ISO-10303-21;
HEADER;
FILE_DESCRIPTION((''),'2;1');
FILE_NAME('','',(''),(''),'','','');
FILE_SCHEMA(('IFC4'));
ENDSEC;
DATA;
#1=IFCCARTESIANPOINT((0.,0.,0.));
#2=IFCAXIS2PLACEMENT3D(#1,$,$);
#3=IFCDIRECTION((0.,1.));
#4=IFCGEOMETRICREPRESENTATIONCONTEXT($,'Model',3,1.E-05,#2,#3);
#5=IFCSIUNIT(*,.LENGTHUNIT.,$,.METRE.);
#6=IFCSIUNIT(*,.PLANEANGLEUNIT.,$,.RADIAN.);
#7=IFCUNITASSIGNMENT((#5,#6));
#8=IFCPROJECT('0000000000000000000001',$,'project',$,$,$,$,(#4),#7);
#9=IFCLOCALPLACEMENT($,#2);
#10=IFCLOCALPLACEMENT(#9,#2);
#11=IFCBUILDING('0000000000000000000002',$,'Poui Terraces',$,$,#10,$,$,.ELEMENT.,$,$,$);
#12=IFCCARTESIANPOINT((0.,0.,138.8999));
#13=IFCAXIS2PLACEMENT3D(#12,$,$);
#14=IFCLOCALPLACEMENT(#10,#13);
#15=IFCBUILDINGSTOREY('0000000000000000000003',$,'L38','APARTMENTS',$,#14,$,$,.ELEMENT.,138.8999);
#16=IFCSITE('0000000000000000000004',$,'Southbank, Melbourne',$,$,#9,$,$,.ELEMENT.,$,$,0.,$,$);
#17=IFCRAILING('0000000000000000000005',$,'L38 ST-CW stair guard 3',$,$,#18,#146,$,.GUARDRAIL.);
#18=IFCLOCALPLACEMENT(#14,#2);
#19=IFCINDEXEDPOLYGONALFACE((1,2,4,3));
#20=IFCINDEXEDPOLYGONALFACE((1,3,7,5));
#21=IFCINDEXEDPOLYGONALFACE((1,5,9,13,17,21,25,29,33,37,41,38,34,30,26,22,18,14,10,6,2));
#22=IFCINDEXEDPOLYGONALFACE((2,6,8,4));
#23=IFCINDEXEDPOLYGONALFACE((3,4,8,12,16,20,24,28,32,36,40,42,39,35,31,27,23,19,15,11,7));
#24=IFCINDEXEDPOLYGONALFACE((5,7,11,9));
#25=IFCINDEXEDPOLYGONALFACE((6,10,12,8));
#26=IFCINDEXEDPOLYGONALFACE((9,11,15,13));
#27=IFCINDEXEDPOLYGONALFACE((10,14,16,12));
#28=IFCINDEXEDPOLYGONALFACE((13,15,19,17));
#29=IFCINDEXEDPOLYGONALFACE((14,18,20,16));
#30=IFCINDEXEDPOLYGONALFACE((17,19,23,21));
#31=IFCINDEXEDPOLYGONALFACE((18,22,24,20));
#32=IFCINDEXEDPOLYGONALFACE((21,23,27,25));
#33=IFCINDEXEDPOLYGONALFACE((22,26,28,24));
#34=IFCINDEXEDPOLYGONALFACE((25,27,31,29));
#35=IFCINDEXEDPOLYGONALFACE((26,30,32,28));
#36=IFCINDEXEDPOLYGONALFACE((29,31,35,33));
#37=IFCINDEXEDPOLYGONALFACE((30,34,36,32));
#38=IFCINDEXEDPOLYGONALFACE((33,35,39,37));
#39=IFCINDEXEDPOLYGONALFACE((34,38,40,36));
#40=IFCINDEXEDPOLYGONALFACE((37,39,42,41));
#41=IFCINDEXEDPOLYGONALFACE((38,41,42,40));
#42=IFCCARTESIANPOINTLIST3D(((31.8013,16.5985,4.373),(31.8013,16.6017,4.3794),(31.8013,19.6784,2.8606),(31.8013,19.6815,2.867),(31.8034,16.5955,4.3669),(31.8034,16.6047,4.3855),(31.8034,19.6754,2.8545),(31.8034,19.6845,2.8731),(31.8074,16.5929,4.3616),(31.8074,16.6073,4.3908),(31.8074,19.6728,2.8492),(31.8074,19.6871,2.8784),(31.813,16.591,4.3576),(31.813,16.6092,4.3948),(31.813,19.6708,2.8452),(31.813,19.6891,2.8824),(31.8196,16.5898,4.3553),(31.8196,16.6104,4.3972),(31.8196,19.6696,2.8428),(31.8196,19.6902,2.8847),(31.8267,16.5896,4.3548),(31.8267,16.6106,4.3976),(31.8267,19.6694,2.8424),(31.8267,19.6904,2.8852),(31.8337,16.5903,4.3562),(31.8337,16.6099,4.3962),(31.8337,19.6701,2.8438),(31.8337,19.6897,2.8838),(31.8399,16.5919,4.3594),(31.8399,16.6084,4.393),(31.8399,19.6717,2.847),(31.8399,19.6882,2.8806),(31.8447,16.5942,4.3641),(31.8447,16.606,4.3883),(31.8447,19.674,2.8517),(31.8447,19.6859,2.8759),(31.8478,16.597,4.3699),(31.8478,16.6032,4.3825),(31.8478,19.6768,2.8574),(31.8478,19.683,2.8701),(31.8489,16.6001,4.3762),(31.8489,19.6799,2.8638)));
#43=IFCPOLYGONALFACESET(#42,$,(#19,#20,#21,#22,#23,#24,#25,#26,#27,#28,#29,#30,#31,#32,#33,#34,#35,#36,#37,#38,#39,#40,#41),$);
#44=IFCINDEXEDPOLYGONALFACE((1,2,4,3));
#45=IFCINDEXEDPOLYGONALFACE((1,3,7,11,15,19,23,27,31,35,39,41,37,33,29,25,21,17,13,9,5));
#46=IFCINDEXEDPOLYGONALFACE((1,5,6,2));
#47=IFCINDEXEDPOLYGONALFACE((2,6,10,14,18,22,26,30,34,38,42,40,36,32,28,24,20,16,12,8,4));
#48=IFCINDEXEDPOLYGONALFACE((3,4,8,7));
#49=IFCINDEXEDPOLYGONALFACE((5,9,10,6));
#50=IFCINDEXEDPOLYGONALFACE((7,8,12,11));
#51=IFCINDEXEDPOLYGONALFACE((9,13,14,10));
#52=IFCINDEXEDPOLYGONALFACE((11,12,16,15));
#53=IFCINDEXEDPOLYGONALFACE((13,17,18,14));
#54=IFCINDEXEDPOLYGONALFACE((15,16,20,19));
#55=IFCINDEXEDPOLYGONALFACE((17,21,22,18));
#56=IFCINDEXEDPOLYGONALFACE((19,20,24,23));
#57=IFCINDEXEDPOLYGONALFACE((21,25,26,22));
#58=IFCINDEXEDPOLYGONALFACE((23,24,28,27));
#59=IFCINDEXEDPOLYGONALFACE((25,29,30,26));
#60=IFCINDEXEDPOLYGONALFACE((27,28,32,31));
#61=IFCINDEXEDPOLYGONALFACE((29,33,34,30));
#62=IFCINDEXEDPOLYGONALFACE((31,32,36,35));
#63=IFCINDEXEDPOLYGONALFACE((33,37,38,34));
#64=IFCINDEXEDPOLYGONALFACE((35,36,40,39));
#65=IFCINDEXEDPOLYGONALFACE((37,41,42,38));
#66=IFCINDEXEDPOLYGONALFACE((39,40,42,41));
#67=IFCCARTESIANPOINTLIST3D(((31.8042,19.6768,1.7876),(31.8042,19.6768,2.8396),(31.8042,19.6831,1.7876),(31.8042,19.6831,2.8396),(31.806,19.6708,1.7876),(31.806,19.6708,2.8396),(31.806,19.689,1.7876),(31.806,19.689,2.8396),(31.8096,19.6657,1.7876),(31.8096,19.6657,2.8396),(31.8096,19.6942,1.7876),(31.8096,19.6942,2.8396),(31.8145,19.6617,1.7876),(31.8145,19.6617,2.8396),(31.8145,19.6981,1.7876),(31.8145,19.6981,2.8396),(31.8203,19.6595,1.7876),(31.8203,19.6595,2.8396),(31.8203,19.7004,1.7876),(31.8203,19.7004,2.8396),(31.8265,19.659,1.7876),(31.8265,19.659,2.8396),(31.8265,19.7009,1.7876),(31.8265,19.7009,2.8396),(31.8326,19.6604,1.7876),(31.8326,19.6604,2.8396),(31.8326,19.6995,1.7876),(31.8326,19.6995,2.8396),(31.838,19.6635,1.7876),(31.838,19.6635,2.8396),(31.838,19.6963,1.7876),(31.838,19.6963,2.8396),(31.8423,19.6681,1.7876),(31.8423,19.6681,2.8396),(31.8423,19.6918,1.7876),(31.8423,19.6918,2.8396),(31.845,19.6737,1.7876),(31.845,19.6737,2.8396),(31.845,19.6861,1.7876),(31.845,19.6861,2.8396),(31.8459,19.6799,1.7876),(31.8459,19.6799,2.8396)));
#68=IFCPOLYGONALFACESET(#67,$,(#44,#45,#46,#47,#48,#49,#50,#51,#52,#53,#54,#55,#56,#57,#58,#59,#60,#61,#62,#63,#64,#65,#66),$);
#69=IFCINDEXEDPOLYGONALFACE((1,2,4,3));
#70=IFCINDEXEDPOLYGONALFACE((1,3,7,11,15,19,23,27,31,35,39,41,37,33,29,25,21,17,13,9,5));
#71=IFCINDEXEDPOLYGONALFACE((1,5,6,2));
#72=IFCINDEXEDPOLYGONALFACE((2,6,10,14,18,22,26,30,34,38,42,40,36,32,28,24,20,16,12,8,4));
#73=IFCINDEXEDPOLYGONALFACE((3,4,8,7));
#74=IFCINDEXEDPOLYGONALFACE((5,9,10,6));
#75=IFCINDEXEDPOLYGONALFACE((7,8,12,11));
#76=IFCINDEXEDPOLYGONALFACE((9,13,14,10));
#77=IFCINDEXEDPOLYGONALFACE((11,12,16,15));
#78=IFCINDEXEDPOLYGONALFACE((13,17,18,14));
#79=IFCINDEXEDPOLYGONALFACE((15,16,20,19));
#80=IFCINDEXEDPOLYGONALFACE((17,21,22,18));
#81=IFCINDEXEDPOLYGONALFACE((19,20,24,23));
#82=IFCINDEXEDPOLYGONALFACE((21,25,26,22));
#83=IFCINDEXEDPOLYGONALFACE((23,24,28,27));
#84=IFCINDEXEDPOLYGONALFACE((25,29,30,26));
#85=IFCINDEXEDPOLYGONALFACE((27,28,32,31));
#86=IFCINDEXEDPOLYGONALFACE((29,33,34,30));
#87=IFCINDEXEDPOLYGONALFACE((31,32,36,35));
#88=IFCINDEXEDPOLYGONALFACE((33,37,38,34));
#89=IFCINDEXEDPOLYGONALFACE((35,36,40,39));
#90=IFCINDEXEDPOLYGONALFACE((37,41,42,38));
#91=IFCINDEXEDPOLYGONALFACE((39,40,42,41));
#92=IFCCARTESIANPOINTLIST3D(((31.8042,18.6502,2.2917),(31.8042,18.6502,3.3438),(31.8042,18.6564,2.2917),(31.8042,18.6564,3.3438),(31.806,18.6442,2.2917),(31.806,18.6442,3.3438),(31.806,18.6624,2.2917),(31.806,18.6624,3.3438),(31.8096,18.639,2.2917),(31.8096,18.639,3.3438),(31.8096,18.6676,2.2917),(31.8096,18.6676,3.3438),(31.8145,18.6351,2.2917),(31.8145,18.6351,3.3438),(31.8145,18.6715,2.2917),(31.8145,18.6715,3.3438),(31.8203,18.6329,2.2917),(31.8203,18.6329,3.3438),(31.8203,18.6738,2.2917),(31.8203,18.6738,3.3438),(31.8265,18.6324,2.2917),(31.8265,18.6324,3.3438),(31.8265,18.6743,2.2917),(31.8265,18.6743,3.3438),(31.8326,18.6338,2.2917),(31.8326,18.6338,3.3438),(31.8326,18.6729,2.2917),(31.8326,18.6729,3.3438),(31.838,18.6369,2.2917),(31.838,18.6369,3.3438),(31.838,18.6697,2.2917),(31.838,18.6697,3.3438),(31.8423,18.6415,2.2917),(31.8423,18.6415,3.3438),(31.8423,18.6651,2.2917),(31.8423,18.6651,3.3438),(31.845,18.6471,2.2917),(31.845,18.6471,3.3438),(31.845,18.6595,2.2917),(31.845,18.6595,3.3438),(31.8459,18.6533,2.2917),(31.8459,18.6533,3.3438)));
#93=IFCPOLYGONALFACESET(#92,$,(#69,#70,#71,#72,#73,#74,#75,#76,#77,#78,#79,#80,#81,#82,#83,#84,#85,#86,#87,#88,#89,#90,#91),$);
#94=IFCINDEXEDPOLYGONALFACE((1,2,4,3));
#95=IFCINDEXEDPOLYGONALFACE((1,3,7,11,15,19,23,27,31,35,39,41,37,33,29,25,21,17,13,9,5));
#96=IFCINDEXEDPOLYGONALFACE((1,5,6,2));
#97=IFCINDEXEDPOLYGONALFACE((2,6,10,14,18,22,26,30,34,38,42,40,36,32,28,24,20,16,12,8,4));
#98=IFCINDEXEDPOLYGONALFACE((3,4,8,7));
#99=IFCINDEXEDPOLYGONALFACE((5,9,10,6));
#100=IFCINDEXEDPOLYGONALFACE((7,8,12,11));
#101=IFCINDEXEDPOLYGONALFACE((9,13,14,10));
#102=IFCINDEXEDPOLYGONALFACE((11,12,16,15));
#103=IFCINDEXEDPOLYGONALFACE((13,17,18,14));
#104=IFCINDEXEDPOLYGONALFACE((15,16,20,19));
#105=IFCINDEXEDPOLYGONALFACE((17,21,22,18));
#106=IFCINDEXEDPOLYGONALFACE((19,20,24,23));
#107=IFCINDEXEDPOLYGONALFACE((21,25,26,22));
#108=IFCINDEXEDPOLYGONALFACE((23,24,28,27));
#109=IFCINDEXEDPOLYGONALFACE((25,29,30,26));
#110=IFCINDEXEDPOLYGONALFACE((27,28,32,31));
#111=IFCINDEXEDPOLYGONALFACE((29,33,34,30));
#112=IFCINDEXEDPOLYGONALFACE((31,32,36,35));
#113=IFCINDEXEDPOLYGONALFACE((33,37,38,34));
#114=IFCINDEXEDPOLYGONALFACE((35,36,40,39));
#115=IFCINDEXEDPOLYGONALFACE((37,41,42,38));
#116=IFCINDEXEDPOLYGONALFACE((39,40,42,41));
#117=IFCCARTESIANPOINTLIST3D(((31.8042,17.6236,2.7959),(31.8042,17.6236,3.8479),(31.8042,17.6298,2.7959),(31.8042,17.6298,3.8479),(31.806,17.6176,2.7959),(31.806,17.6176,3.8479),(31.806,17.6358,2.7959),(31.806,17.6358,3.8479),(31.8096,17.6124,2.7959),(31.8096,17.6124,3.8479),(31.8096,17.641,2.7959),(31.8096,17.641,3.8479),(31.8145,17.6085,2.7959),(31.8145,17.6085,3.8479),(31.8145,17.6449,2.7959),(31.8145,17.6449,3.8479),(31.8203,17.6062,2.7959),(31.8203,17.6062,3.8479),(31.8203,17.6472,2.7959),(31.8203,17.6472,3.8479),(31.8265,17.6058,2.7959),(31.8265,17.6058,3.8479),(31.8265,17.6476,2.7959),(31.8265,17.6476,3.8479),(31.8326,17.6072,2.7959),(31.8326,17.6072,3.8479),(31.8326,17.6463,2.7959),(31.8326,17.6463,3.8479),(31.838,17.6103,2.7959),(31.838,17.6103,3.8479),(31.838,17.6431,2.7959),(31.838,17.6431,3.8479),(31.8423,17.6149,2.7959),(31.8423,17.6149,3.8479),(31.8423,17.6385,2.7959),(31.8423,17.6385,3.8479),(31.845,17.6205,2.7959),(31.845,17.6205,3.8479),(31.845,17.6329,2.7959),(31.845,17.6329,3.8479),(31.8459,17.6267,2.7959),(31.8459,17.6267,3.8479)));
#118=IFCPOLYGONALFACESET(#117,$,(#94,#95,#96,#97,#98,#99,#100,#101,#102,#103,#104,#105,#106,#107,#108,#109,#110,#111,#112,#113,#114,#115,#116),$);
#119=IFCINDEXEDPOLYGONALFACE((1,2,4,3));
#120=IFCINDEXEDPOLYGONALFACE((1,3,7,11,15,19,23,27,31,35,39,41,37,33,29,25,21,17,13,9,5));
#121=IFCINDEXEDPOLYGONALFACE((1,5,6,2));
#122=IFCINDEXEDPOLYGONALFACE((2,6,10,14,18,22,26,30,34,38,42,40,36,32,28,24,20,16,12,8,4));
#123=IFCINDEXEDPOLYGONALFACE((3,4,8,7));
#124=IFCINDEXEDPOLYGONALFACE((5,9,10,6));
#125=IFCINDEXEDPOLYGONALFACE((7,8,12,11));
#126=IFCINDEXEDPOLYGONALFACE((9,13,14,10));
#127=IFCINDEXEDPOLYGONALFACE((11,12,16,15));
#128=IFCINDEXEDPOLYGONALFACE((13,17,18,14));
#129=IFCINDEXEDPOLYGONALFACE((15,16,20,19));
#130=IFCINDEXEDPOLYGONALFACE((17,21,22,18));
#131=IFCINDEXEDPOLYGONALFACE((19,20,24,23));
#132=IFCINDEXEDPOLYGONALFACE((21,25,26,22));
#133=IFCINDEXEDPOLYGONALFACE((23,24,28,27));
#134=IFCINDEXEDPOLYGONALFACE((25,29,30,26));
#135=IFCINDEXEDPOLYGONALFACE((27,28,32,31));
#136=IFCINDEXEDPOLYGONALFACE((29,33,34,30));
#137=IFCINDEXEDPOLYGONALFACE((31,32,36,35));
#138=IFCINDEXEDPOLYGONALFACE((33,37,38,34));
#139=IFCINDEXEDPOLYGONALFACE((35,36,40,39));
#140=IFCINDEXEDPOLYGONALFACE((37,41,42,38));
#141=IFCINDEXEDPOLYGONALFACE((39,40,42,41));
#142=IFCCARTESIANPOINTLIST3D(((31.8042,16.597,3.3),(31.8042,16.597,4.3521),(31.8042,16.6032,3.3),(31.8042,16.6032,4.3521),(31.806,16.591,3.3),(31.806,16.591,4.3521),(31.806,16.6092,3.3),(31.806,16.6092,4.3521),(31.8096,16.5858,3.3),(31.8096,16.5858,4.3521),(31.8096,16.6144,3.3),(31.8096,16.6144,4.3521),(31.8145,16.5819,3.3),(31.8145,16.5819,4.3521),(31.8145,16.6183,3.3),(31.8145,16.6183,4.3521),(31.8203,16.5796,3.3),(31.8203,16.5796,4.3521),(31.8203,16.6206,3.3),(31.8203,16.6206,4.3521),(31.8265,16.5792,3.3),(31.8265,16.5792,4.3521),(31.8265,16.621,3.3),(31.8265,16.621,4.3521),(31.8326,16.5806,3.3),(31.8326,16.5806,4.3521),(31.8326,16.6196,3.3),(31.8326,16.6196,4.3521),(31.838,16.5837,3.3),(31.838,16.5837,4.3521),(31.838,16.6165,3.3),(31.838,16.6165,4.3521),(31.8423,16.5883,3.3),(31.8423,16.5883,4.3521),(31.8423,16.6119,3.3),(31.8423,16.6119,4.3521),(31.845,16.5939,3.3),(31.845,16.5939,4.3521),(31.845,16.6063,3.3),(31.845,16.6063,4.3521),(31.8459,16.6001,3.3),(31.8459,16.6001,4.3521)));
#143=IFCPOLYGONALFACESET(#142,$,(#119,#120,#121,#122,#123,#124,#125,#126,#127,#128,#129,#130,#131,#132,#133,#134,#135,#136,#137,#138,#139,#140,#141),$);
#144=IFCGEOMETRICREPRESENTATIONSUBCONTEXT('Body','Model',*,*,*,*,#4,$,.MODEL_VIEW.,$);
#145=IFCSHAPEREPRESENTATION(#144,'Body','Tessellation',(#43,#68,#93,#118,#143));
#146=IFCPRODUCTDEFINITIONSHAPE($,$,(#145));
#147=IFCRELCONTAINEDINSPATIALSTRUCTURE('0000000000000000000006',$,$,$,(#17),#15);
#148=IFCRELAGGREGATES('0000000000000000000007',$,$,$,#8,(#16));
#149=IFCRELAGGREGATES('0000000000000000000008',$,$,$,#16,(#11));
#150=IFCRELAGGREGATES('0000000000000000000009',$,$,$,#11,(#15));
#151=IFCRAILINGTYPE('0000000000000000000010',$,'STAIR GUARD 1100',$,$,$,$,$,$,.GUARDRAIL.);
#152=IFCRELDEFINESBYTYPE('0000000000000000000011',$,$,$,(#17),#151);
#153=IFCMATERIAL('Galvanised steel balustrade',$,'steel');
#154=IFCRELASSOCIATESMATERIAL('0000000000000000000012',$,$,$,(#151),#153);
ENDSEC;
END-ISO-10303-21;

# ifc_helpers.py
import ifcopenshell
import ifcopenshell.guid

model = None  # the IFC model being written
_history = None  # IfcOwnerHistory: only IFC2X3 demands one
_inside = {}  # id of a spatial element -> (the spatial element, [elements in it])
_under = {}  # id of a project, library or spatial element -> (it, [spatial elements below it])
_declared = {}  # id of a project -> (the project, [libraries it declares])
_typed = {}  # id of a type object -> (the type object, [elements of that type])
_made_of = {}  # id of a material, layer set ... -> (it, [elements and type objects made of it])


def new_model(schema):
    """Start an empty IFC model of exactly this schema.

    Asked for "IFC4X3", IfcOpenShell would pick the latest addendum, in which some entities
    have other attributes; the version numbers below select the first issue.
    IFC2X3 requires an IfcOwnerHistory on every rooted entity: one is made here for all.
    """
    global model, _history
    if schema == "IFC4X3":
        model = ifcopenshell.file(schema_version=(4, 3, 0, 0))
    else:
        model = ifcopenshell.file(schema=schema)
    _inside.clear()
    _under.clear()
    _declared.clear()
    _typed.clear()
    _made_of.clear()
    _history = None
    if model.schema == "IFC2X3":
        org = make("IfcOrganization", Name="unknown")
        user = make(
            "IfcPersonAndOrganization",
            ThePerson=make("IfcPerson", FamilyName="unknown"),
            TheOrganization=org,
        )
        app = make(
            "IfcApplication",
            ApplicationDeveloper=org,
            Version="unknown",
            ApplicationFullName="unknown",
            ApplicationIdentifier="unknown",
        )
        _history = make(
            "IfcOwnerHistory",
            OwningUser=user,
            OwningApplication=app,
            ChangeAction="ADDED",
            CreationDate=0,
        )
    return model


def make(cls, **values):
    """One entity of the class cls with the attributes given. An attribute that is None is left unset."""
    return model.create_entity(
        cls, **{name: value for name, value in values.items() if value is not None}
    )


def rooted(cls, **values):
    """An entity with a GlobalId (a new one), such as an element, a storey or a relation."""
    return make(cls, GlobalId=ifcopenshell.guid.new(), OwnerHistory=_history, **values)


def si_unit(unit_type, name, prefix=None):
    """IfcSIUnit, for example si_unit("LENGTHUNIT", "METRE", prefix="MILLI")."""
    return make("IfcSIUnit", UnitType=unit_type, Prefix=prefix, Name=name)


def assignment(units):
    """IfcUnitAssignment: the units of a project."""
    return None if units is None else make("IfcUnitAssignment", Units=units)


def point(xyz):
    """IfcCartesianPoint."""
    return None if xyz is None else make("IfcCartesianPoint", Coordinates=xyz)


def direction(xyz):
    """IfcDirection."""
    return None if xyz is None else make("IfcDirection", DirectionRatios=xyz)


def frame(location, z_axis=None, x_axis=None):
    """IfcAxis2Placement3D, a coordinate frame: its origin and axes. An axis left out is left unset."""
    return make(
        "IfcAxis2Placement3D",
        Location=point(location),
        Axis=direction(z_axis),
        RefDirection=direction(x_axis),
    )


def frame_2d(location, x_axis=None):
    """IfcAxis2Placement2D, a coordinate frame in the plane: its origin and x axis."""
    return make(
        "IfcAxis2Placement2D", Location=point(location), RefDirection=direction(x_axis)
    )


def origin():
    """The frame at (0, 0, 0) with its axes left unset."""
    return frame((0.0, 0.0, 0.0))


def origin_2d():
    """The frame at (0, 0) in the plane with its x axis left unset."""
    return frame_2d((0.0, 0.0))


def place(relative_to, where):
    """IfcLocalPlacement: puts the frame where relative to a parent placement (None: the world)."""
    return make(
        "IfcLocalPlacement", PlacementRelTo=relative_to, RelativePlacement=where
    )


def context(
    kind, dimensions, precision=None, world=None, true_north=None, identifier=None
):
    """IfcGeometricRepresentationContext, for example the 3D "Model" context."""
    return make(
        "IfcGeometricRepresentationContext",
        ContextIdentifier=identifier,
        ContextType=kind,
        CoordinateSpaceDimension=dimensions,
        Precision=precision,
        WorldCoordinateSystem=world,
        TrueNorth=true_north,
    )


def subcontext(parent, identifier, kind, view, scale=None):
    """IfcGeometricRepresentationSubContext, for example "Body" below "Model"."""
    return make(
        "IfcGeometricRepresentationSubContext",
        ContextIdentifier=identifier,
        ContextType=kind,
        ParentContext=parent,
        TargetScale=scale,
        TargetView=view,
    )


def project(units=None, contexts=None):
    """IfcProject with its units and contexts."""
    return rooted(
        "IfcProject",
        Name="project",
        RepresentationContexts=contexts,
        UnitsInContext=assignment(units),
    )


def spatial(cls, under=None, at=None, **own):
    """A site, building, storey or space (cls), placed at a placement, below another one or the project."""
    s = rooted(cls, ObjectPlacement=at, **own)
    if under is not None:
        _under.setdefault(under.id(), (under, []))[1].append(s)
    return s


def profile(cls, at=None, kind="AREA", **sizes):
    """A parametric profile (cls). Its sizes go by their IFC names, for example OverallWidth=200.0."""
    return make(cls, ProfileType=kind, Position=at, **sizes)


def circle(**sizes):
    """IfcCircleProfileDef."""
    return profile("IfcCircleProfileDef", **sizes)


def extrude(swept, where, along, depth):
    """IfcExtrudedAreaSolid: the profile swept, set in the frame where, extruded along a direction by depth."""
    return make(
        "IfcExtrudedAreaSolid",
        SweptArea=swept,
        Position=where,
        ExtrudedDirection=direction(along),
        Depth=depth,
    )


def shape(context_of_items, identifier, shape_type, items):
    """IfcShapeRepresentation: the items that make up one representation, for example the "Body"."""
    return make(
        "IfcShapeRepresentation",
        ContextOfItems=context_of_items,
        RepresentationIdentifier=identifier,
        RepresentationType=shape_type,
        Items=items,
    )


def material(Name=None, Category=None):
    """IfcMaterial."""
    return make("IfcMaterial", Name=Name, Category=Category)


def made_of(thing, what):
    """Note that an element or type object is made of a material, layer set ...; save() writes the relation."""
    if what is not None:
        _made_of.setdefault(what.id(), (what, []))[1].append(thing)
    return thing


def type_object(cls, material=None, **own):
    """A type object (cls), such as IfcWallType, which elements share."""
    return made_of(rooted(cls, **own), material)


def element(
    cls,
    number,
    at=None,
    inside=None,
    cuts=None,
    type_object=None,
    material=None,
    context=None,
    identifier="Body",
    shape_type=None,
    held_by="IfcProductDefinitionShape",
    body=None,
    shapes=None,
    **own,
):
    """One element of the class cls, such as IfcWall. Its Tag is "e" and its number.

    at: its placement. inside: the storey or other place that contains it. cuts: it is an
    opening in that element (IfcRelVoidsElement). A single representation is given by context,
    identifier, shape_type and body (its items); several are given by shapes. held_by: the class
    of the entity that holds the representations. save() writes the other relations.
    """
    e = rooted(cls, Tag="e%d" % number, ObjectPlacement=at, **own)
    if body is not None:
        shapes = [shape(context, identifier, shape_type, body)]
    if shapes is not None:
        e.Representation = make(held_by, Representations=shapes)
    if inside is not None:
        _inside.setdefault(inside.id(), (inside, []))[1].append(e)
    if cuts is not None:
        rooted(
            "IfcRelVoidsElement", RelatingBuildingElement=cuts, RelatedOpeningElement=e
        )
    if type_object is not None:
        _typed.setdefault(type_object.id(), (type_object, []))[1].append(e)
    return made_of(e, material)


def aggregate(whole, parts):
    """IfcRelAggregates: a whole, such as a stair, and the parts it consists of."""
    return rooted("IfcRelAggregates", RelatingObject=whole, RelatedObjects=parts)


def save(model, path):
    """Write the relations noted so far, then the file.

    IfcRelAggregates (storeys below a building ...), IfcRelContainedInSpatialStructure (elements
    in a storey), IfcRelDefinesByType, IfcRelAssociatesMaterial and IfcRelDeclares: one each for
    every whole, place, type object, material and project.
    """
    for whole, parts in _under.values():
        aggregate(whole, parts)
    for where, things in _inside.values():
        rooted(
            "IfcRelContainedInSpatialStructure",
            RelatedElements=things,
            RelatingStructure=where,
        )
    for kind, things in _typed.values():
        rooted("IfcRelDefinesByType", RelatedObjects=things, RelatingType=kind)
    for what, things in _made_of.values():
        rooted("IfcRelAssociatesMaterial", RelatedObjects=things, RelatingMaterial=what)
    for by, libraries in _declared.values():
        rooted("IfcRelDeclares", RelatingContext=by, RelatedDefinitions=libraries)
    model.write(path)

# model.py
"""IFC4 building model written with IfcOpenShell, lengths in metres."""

from ifc_helpers import new_model, si_unit, direction, frame, origin, origin_2d, place, context, subcontext, project, spatial, circle, extrude, material, type_object, element, save


model = new_model("IFC4")

# Units and contexts
model_context = context("Model", 3, precision=1e-05, world=origin(), true_north=direction((0.0, 1.0)))
body_context = subcontext(model_context, "Body", "Model", "MODEL_VIEW")
ifc_project = project(units=[si_unit("LENGTHUNIT", "METRE"), si_unit("PLANEANGLEUNIT", "RADIAN")], contexts=[model_context])

# Site, building, storey
site_placement = place(None, origin())
site = spatial("IfcSite", under=ifc_project, at=site_placement, Name="Southbank, Melbourne", CompositionType="ELEMENT", RefElevation=0.0)
building_placement = place(site_placement, origin())
building = spatial("IfcBuilding", under=site, at=building_placement, Name="Poui Terraces", CompositionType="ELEMENT")
storey_placement = place(building_placement, frame((0.0, 0.0, 138.8999)))
storey = spatial("IfcBuildingStorey", under=building, at=storey_placement, Name="L38", Description="APARTMENTS", CompositionType="ELEMENT", Elevation=138.8999)

# Railing
ifc_material_1 = material(Name="Galvanised steel balustrade", Category="steel")
railing_type_1 = type_object("IfcRailingType", Name="STAIR GUARD 1100", PredefinedType="GUARDRAIL", material=ifc_material_1)
railing_1_placement = place(storey_placement, frame((31.825, 19.6799, 1.7876)))
element("IfcRailing", 1, at=railing_1_placement, inside=storey, type_object=railing_type_1, Name="L38 ST-CW stair guard 3", PredefinedType="GUARDRAIL", context=body_context, shape_type="SweptSolid", body=[
    extrude(circle(Radius=0.0239, at=origin_2d()), frame((0.0, 0.0, 1.0762), z_axis=(0.0, -0.897606, 0.440798), x_axis=(1.0, 0.0, 0.0)), (0.0, 0.0, 1.0), 3.4312),
    extrude(circle(Radius=0.021, at=origin_2d()), origin(), (0.0, 0.0, 1.0), 1.052),
    extrude(circle(Radius=0.021, at=origin_2d()), frame((0.0, -1.0266, 0.5042)), (0.0, 0.0, 1.0), 1.052),
    extrude(circle(Radius=0.021, at=origin_2d()), frame((0.0, -2.0532, 1.0083)), (0.0, 0.0, 1.0), 1.052),
    extrude(circle(Radius=0.021, at=origin_2d()), frame((0.0, -3.0798, 1.5125)), (0.0, 0.0, 1.0), 1.052),
])

save(model, "model.ifc")
